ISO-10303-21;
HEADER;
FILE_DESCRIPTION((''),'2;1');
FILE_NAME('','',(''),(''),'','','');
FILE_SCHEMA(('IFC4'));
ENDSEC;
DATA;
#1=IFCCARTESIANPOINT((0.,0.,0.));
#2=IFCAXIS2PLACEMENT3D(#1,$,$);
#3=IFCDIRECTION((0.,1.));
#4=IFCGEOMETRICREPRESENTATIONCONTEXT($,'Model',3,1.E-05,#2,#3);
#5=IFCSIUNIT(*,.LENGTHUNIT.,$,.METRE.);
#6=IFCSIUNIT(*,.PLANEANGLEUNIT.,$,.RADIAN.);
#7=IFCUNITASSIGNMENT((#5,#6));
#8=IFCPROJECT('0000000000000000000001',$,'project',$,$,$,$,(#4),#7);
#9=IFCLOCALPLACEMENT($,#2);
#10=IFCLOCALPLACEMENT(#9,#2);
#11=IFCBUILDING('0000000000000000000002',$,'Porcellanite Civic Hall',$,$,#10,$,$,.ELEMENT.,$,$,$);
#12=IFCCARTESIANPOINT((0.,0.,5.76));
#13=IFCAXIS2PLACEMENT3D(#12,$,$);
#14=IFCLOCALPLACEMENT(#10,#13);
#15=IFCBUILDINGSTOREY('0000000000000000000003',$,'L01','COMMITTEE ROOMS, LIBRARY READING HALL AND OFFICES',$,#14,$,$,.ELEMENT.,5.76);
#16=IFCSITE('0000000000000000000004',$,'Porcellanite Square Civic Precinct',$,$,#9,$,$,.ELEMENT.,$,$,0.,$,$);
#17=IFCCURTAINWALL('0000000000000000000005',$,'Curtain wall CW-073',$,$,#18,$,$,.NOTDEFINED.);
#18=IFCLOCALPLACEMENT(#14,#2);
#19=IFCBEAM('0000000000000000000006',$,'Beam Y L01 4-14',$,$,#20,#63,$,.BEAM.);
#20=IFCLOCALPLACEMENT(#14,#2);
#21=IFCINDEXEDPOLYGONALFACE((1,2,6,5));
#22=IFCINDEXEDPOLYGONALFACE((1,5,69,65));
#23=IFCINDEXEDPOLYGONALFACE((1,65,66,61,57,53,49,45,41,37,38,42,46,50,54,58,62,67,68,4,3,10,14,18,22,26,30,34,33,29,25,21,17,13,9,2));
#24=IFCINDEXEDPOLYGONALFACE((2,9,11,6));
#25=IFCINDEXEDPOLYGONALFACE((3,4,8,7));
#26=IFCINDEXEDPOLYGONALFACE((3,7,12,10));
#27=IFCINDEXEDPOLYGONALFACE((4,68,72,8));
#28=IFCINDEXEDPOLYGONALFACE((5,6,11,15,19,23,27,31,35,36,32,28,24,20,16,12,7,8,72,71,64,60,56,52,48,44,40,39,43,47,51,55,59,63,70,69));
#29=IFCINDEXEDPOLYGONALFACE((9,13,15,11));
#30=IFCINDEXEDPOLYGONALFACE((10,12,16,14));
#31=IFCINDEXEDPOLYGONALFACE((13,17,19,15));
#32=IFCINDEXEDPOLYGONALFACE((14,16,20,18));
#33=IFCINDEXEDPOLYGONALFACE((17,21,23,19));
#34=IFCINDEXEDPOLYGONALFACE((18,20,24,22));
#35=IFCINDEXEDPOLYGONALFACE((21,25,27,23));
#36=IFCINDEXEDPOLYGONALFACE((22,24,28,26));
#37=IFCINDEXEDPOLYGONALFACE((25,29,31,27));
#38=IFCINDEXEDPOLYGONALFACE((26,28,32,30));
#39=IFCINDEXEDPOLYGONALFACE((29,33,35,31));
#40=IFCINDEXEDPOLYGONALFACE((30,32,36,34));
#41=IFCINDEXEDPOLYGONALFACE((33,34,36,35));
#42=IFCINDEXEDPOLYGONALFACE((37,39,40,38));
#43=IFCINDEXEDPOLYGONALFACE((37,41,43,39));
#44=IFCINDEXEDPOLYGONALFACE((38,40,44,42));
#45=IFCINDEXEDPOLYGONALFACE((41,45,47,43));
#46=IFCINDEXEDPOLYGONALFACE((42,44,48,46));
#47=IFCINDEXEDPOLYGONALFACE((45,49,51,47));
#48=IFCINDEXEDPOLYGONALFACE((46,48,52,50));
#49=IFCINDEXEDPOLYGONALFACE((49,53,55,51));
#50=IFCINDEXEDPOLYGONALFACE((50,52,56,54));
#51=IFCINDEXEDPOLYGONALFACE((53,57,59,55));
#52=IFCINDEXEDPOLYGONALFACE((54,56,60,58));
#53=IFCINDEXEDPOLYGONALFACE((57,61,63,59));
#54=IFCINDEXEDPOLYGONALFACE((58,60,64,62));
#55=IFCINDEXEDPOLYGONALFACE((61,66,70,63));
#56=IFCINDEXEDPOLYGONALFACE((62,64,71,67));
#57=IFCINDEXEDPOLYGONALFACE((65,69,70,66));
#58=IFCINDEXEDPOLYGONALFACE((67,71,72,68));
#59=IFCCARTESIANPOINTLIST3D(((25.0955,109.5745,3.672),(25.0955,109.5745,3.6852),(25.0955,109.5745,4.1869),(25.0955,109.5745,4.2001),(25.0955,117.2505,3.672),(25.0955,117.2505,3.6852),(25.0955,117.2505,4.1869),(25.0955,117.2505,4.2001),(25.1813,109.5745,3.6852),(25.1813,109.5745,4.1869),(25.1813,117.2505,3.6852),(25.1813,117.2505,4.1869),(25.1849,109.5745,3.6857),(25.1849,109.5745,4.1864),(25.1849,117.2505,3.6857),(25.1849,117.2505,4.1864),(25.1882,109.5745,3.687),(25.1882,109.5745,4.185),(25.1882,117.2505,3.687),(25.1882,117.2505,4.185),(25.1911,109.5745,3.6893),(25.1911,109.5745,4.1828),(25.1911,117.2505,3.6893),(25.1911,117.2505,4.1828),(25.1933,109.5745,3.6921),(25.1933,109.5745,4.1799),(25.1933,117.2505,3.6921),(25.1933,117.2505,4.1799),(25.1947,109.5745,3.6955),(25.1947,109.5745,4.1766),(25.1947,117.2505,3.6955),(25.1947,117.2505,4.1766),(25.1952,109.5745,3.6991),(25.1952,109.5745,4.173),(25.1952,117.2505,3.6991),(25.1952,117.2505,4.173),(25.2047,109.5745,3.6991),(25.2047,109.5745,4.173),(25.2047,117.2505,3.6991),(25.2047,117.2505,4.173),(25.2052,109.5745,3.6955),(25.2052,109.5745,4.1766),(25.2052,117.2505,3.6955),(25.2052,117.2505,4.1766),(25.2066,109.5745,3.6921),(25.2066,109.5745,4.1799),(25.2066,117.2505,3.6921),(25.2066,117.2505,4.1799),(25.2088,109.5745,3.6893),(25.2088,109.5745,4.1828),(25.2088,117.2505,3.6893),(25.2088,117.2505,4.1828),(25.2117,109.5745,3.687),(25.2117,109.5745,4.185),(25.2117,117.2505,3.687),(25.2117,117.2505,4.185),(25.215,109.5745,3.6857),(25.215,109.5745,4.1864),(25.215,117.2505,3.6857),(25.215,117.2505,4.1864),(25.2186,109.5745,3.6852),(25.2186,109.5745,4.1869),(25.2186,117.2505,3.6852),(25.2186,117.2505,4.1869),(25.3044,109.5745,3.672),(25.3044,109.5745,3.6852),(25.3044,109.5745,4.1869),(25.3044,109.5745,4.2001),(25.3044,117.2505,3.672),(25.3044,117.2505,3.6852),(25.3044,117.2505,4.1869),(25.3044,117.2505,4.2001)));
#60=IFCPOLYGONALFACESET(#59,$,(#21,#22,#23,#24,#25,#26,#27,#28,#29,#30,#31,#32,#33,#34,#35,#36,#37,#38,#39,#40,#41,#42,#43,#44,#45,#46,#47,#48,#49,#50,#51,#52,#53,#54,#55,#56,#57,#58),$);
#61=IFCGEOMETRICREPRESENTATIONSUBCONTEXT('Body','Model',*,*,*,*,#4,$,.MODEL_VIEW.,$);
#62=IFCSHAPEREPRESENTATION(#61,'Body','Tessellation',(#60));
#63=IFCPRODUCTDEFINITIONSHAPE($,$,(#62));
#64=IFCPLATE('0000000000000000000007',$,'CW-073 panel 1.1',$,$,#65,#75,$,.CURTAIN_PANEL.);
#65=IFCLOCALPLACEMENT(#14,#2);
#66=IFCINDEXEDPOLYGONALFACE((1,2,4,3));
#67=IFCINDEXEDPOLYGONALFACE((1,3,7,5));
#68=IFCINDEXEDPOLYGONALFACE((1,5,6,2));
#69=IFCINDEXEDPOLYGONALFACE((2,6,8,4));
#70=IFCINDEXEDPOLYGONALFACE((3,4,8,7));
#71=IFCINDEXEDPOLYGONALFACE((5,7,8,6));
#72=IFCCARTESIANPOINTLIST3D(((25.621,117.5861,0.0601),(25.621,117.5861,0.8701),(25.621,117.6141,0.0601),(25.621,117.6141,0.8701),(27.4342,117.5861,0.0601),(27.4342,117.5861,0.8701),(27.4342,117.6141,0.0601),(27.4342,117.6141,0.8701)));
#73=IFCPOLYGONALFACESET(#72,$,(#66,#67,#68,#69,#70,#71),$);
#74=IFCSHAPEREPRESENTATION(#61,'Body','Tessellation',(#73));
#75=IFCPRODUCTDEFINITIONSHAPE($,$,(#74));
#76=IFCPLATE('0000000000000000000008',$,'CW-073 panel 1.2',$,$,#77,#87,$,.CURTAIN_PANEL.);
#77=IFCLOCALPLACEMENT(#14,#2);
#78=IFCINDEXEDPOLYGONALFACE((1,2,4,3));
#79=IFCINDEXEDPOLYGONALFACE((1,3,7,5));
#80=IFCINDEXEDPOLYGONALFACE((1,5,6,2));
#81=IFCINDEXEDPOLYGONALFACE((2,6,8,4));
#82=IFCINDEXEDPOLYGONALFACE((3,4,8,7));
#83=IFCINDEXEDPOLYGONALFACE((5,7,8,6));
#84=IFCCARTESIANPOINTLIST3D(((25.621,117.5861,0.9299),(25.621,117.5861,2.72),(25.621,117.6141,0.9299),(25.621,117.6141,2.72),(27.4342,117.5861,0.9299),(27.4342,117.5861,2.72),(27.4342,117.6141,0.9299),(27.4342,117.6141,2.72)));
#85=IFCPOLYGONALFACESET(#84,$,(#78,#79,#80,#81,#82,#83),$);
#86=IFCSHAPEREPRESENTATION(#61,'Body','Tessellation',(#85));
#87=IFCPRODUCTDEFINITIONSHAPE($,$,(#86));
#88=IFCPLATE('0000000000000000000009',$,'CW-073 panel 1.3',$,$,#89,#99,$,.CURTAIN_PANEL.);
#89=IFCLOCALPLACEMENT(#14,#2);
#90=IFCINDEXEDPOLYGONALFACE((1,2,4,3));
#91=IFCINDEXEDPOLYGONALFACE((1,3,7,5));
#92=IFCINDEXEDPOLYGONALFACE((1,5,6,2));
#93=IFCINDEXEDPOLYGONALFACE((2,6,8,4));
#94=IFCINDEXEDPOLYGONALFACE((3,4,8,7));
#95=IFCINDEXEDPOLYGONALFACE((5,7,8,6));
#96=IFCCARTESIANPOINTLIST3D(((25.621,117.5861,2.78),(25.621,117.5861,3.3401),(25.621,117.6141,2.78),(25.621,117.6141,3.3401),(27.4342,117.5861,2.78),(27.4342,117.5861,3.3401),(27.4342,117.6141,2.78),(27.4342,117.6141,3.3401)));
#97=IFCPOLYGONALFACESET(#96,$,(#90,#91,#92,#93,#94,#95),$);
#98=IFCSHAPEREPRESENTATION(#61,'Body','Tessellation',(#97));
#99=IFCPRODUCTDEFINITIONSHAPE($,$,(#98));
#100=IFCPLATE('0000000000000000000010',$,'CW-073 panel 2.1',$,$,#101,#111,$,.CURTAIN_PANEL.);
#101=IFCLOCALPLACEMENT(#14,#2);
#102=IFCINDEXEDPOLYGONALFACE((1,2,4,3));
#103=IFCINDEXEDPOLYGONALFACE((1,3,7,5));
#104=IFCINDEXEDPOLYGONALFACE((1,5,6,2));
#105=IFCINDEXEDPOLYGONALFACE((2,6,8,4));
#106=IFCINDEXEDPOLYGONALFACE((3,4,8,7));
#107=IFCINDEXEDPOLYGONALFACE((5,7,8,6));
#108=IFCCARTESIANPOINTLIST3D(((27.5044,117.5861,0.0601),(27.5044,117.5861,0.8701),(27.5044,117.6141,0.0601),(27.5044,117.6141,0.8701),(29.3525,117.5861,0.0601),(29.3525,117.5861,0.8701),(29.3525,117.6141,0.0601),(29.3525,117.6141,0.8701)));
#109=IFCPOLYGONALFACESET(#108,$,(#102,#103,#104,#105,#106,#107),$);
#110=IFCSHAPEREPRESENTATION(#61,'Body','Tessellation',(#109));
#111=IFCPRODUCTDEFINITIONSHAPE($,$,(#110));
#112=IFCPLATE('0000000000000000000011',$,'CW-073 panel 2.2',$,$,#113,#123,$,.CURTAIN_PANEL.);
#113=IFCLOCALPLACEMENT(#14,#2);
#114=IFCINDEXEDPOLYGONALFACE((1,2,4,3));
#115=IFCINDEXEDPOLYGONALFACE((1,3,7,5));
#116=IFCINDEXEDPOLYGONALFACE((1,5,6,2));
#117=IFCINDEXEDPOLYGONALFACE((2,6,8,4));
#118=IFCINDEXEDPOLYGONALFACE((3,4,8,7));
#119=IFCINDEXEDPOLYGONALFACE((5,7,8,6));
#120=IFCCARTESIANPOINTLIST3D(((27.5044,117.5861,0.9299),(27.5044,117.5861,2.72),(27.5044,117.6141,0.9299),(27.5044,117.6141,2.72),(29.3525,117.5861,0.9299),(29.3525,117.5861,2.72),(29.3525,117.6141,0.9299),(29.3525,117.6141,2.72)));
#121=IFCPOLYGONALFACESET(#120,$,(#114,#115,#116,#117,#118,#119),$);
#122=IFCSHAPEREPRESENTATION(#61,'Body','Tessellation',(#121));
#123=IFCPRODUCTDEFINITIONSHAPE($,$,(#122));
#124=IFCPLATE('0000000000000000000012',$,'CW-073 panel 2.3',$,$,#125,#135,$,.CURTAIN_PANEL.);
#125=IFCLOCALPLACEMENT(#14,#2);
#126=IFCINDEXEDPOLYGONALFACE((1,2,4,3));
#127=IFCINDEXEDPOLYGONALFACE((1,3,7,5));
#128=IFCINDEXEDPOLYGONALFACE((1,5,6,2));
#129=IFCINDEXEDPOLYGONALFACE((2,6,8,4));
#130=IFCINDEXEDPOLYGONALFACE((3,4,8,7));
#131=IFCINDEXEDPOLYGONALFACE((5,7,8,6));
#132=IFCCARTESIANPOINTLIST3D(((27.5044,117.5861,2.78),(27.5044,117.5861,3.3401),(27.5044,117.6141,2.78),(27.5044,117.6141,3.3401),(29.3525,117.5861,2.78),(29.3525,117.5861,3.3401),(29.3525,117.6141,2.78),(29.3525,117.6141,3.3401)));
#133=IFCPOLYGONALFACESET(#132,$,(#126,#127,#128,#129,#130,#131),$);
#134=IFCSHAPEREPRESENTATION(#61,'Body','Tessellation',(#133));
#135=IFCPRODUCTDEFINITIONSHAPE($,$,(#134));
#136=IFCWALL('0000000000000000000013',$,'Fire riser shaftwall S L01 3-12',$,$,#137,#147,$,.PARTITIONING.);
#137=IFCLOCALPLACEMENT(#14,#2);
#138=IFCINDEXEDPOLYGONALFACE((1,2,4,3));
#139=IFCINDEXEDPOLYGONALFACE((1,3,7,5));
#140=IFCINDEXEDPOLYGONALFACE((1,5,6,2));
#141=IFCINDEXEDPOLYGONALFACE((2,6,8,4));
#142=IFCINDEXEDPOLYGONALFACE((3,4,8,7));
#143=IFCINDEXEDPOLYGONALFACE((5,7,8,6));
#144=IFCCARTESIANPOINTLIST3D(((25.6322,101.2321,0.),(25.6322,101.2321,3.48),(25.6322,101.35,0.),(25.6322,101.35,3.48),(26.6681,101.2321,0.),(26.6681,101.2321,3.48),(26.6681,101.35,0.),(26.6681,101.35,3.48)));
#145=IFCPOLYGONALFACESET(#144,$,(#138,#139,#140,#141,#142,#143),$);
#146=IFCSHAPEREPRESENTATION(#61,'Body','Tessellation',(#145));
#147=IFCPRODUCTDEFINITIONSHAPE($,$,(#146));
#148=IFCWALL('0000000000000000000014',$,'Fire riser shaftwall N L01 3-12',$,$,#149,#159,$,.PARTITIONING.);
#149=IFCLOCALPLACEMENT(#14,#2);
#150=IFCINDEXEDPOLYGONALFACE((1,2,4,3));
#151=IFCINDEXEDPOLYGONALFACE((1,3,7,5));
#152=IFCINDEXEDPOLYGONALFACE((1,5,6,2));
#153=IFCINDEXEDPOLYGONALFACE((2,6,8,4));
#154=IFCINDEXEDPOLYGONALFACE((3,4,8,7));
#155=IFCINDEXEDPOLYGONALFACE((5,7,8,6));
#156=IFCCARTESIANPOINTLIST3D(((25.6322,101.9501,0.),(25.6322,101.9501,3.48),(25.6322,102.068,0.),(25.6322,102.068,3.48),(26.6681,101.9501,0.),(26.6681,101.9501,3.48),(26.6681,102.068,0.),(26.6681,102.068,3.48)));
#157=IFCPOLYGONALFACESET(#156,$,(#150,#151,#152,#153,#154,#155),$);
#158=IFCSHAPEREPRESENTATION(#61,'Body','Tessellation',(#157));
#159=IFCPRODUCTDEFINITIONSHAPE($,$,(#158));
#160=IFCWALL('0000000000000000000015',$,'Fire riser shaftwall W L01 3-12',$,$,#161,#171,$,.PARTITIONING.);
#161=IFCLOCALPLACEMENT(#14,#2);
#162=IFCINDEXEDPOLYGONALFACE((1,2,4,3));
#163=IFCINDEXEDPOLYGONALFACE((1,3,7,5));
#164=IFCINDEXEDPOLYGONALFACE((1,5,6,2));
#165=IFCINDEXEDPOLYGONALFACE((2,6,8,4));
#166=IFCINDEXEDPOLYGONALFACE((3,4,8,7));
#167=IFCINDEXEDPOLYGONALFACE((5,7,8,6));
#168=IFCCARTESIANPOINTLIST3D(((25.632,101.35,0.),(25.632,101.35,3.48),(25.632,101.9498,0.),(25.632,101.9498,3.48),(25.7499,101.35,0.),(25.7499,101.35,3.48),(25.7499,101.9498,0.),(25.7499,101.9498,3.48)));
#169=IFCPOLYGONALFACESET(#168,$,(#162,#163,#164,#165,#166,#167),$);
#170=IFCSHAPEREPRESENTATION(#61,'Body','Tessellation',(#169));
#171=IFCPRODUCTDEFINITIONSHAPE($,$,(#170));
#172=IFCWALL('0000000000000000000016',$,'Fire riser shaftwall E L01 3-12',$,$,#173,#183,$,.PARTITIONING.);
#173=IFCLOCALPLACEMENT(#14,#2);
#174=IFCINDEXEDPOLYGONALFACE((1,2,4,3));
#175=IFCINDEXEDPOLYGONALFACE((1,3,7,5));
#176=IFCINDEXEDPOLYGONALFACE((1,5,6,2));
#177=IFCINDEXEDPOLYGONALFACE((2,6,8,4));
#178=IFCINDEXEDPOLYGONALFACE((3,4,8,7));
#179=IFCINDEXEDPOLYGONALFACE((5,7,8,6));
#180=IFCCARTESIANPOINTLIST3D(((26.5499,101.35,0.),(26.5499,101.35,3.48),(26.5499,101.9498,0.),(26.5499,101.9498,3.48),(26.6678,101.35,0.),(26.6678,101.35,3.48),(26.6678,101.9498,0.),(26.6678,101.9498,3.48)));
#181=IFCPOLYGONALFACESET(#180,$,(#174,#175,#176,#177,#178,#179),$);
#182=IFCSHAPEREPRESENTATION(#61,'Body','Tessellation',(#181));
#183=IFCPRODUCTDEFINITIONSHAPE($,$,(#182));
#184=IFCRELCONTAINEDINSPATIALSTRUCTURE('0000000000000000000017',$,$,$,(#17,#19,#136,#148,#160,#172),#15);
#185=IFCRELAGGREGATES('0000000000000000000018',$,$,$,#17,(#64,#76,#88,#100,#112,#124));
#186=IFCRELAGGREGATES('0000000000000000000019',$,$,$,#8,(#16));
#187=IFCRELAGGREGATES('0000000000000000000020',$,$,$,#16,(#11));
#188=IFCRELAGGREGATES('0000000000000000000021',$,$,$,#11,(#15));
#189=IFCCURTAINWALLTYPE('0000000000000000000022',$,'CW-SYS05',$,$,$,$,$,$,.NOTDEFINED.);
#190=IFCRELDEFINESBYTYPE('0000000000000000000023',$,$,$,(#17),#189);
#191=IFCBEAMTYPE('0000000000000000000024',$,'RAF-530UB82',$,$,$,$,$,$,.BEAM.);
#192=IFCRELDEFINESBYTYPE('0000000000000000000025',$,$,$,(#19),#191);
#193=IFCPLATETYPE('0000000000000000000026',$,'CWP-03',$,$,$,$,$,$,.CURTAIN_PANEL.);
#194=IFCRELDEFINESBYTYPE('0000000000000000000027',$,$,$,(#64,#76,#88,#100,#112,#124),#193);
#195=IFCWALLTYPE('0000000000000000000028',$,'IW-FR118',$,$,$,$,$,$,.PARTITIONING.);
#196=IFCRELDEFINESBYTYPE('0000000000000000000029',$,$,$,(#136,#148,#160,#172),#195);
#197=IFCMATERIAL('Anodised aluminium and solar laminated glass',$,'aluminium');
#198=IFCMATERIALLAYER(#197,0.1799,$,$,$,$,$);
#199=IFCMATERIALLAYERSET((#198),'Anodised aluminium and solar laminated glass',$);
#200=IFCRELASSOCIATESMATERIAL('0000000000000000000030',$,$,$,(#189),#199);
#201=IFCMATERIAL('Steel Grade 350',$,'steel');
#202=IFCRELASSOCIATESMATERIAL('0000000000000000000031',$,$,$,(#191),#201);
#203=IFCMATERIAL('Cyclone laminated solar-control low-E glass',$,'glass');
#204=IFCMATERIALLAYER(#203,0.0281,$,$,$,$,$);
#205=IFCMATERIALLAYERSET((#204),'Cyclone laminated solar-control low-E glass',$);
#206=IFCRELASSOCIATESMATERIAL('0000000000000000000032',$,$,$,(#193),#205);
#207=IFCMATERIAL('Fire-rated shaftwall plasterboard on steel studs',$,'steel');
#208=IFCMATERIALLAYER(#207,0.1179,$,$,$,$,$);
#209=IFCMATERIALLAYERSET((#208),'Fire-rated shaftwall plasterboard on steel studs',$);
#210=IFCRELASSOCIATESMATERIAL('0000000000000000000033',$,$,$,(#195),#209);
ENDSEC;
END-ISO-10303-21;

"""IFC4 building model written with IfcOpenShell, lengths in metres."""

from ifc_helpers import new_model, si_unit, direction, frame, frame_2d, origin, origin_2d, place, context, subcontext, project, spatial, rectangle, i_section, extrude, material, layer, layer_set, material_profile, profile_set, type_object, element, aggregate, save


model = new_model("IFC4")

# Units and contexts
model_context = context("Model", 3, precision=1e-05, world=origin(), true_north=direction((0.0, 1.0)))
body_context = subcontext(model_context, "Body", "Model", "MODEL_VIEW")
ifc_project = project(units=[si_unit("LENGTHUNIT", "METRE"), si_unit("PLANEANGLEUNIT", "RADIAN")], contexts=[model_context])

# Site, building, storey
site_placement = place(None, origin())
site = spatial("IfcSite", under=ifc_project, at=site_placement, Name="Porcellanite Square Civic Precinct", CompositionType="ELEMENT", RefElevation=0.0)
building_placement = place(site_placement, origin())
building = spatial("IfcBuilding", under=site, at=building_placement, Name="Porcellanite Civic Hall", CompositionType="ELEMENT")
storey_placement = place(building_placement, frame((0.0, 0.0, 5.76)))
storey = spatial("IfcBuildingStorey", under=building, at=storey_placement, Name="L01", Description="COMMITTEE ROOMS, LIBRARY READING HALL AND OFFICES", CompositionType="ELEMENT", Elevation=5.76)

# Shared definitions
ifc_material_1 = material(Name="Anodised aluminium and solar laminated glass", Category="aluminium")
ifc_layer_1 = layer(ifc_material_1, 0.1799)
ifc_layer_set_1 = layer_set([ifc_layer_1], Name="Anodised aluminium and solar laminated glass")
curtain_wall_type = type_object("IfcCurtainWallType", Name="CW-SYS05", PredefinedType="NOTDEFINED", material=ifc_layer_set_1)

# Curtain wall
curtain_wall_1_placement = place(storey_placement, origin())
curtain_wall_1 = element("IfcCurtainWall", 1, at=curtain_wall_1_placement, inside=storey, type_object=curtain_wall_type, Name="Curtain wall CW-073", PredefinedType="NOTDEFINED")

# Beam
ifc_material_2 = material(Name="Steel Grade 350", Category="steel")
ifc_material_profile_1 = material_profile(ifc_material_2, i_section(OverallWidth=0.209, OverallDepth=0.5281, WebThickness=0.0095, FlangeThickness=0.0132, FilletRadius=0.0139, at=origin_2d()), Name="530UB82.0")
ifc_profile_set_1 = profile_set([ifc_material_profile_1], Name="Steel Grade 350")
beam_type_1 = type_object("IfcBeamType", Name="RAF-530UB82", PredefinedType="BEAM", material=ifc_profile_set_1)
beam_1_placement = place(storey_placement, frame((25.2, 109.5745, 3.936), z_axis=(0.0, 1.0, 0.0), x_axis=(-1.0, 0.0, 0.0)))
element("IfcBeam", 2, at=beam_1_placement, inside=storey, type_object=beam_type_1, Name="Beam Y L01 4-14", PredefinedType="BEAM", context=body_context, shape_type="SweptSolid", body=[
    extrude(i_section(OverallWidth=0.209, OverallDepth=0.5281, WebThickness=0.0095, FlangeThickness=0.0132, FilletRadius=0.0139, at=origin_2d()), origin(), (0.0, 0.0, 1.0), 7.676),
])

# Plates
ifc_material_3 = material(Name="Cyclone laminated solar-control low-E glass", Category="glass")
ifc_layer_2 = layer(ifc_material_3, 0.0281)
ifc_layer_set_2 = layer_set([ifc_layer_2], Name="Cyclone laminated solar-control low-E glass")
plate_type = type_object("IfcPlateType", Name="CWP-03", PredefinedType="CURTAIN_PANEL", material=ifc_layer_set_2)
plate_1_placement = place(storey_placement, frame((26.5276, 117.6001, 0.0601), z_axis=(0.0, 0.0, 1.0), x_axis=(1.0, 0.0, 0.0)))
plate_1 = element("IfcPlate", 3, at=plate_1_placement, type_object=plate_type, Name="CW-073 panel 1.1", PredefinedType="CURTAIN_PANEL", context=body_context, shape_type="SweptSolid", body=[
    extrude(rectangle(XDim=1.8132, YDim=0.0281, at=origin_2d()), origin(), (0.0, 0.0, 1.0), 0.8101),
])
plate_2_placement = place(storey_placement, frame((26.5276, 117.6001, 0.9299), z_axis=(0.0, 0.0, 1.0), x_axis=(1.0, 0.0, 0.0)))
plate_2 = element("IfcPlate", 4, at=plate_2_placement, type_object=plate_type, Name="CW-073 panel 1.2", PredefinedType="CURTAIN_PANEL", context=body_context, shape_type="SweptSolid", body=[
    extrude(rectangle(XDim=1.8132, YDim=0.0281, at=origin_2d()), origin(), (0.0, 0.0, 1.0), 1.79),
])
plate_3_placement = place(storey_placement, frame((26.5276, 117.6001, 2.78), z_axis=(0.0, 0.0, 1.0), x_axis=(1.0, 0.0, 0.0)))
plate_3 = element("IfcPlate", 5, at=plate_3_placement, type_object=plate_type, Name="CW-073 panel 1.3", PredefinedType="CURTAIN_PANEL", context=body_context, shape_type="SweptSolid", body=[
    extrude(rectangle(XDim=1.8132, YDim=0.0281, at=origin_2d()), origin(), (0.0, 0.0, 1.0), 0.5601),
])
plate_4_placement = place(storey_placement, frame((28.4285, 117.6001, 0.0601), z_axis=(0.0, 0.0, 1.0), x_axis=(1.0, 0.0, 0.0)))
plate_4 = element("IfcPlate", 6, at=plate_4_placement, type_object=plate_type, Name="CW-073 panel 2.1", PredefinedType="CURTAIN_PANEL", context=body_context, shape_type="SweptSolid", body=[
    extrude(rectangle(XDim=1.8481, YDim=0.0281, at=origin_2d()), origin(), (0.0, 0.0, 1.0), 0.8101),
])
plate_5_placement = place(storey_placement, frame((28.4285, 117.6001, 0.9299), z_axis=(0.0, 0.0, 1.0), x_axis=(1.0, 0.0, 0.0)))
plate_5 = element("IfcPlate", 7, at=plate_5_placement, type_object=plate_type, Name="CW-073 panel 2.2", PredefinedType="CURTAIN_PANEL", context=body_context, shape_type="SweptSolid", body=[
    extrude(rectangle(XDim=1.8481, YDim=0.0281, at=origin_2d()), origin(), (0.0, 0.0, 1.0), 1.79),
])
plate_6_placement = place(storey_placement, frame((28.4285, 117.6001, 2.78), z_axis=(0.0, 0.0, 1.0), x_axis=(1.0, 0.0, 0.0)))
plate_6 = element("IfcPlate", 8, at=plate_6_placement, type_object=plate_type, Name="CW-073 panel 2.3", PredefinedType="CURTAIN_PANEL", context=body_context, shape_type="SweptSolid", body=[
    extrude(rectangle(XDim=1.8481, YDim=0.0281, at=origin_2d()), origin(), (0.0, 0.0, 1.0), 0.5601),
])
aggregate(curtain_wall_1, [plate_1, plate_2, plate_3, plate_4, plate_5, plate_6])

# Walls
ifc_material_4 = material(Name="Fire-rated shaftwall plasterboard on steel studs", Category="steel")
ifc_layer_3 = layer(ifc_material_4, 0.1179)
ifc_layer_set_3 = layer_set([ifc_layer_3], Name="Fire-rated shaftwall plasterboard on steel studs")
wall_type_1 = type_object("IfcWallType", Name="IW-FR118", PredefinedType="PARTITIONING", material=ifc_layer_set_3)
for number, where, z_axis, x_axis, name in (
    (9, (25.6321, 101.291, 0.0), (0.0, 0.0, 1.0), (1.0, 0.0, 0.0), "Fire riser shaftwall S L01 3-12"),
    (10, (25.6321, 102.009, 0.0), (0.0, 0.0, 1.0), (1.0, 0.0, 0.0), "Fire riser shaftwall N L01 3-12"),
):
    element("IfcWall", number, at=place(storey_placement, frame(where, z_axis=z_axis, x_axis=x_axis)), inside=storey, type_object=wall_type_1, Name=name, PredefinedType="PARTITIONING", context=body_context, shape_type="SweptSolid", body=[
        extrude(rectangle(XDim=1.0359, YDim=0.1179, at=frame_2d((0.5181, 0.0))), origin(), (0.0, 0.0, 1.0), 3.48),
    ])
for number, where, z_axis, x_axis, name in (
    (11, (25.6909, 101.3501, 0.0), (0.0, 0.0, 1.0), (0.0, 1.0, 0.0), "Fire riser shaftwall W L01 3-12"),
    (12, (26.6089, 101.3501, 0.0), (0.0, 0.0, 1.0), (0.0, 1.0, 0.0), "Fire riser shaftwall E L01 3-12"),
):
    element("IfcWall", number, at=place(storey_placement, frame(where, z_axis=z_axis, x_axis=x_axis)), inside=storey, type_object=wall_type_1, Name=name, PredefinedType="PARTITIONING", context=body_context, shape_type="SweptSolid", body=[
        extrude(rectangle(XDim=0.5999, YDim=0.1179, at=frame_2d((0.2998, 0.0))), origin(), (0.0, 0.0, 1.0), 3.48),
    ])

save(model, "model.ifc")
